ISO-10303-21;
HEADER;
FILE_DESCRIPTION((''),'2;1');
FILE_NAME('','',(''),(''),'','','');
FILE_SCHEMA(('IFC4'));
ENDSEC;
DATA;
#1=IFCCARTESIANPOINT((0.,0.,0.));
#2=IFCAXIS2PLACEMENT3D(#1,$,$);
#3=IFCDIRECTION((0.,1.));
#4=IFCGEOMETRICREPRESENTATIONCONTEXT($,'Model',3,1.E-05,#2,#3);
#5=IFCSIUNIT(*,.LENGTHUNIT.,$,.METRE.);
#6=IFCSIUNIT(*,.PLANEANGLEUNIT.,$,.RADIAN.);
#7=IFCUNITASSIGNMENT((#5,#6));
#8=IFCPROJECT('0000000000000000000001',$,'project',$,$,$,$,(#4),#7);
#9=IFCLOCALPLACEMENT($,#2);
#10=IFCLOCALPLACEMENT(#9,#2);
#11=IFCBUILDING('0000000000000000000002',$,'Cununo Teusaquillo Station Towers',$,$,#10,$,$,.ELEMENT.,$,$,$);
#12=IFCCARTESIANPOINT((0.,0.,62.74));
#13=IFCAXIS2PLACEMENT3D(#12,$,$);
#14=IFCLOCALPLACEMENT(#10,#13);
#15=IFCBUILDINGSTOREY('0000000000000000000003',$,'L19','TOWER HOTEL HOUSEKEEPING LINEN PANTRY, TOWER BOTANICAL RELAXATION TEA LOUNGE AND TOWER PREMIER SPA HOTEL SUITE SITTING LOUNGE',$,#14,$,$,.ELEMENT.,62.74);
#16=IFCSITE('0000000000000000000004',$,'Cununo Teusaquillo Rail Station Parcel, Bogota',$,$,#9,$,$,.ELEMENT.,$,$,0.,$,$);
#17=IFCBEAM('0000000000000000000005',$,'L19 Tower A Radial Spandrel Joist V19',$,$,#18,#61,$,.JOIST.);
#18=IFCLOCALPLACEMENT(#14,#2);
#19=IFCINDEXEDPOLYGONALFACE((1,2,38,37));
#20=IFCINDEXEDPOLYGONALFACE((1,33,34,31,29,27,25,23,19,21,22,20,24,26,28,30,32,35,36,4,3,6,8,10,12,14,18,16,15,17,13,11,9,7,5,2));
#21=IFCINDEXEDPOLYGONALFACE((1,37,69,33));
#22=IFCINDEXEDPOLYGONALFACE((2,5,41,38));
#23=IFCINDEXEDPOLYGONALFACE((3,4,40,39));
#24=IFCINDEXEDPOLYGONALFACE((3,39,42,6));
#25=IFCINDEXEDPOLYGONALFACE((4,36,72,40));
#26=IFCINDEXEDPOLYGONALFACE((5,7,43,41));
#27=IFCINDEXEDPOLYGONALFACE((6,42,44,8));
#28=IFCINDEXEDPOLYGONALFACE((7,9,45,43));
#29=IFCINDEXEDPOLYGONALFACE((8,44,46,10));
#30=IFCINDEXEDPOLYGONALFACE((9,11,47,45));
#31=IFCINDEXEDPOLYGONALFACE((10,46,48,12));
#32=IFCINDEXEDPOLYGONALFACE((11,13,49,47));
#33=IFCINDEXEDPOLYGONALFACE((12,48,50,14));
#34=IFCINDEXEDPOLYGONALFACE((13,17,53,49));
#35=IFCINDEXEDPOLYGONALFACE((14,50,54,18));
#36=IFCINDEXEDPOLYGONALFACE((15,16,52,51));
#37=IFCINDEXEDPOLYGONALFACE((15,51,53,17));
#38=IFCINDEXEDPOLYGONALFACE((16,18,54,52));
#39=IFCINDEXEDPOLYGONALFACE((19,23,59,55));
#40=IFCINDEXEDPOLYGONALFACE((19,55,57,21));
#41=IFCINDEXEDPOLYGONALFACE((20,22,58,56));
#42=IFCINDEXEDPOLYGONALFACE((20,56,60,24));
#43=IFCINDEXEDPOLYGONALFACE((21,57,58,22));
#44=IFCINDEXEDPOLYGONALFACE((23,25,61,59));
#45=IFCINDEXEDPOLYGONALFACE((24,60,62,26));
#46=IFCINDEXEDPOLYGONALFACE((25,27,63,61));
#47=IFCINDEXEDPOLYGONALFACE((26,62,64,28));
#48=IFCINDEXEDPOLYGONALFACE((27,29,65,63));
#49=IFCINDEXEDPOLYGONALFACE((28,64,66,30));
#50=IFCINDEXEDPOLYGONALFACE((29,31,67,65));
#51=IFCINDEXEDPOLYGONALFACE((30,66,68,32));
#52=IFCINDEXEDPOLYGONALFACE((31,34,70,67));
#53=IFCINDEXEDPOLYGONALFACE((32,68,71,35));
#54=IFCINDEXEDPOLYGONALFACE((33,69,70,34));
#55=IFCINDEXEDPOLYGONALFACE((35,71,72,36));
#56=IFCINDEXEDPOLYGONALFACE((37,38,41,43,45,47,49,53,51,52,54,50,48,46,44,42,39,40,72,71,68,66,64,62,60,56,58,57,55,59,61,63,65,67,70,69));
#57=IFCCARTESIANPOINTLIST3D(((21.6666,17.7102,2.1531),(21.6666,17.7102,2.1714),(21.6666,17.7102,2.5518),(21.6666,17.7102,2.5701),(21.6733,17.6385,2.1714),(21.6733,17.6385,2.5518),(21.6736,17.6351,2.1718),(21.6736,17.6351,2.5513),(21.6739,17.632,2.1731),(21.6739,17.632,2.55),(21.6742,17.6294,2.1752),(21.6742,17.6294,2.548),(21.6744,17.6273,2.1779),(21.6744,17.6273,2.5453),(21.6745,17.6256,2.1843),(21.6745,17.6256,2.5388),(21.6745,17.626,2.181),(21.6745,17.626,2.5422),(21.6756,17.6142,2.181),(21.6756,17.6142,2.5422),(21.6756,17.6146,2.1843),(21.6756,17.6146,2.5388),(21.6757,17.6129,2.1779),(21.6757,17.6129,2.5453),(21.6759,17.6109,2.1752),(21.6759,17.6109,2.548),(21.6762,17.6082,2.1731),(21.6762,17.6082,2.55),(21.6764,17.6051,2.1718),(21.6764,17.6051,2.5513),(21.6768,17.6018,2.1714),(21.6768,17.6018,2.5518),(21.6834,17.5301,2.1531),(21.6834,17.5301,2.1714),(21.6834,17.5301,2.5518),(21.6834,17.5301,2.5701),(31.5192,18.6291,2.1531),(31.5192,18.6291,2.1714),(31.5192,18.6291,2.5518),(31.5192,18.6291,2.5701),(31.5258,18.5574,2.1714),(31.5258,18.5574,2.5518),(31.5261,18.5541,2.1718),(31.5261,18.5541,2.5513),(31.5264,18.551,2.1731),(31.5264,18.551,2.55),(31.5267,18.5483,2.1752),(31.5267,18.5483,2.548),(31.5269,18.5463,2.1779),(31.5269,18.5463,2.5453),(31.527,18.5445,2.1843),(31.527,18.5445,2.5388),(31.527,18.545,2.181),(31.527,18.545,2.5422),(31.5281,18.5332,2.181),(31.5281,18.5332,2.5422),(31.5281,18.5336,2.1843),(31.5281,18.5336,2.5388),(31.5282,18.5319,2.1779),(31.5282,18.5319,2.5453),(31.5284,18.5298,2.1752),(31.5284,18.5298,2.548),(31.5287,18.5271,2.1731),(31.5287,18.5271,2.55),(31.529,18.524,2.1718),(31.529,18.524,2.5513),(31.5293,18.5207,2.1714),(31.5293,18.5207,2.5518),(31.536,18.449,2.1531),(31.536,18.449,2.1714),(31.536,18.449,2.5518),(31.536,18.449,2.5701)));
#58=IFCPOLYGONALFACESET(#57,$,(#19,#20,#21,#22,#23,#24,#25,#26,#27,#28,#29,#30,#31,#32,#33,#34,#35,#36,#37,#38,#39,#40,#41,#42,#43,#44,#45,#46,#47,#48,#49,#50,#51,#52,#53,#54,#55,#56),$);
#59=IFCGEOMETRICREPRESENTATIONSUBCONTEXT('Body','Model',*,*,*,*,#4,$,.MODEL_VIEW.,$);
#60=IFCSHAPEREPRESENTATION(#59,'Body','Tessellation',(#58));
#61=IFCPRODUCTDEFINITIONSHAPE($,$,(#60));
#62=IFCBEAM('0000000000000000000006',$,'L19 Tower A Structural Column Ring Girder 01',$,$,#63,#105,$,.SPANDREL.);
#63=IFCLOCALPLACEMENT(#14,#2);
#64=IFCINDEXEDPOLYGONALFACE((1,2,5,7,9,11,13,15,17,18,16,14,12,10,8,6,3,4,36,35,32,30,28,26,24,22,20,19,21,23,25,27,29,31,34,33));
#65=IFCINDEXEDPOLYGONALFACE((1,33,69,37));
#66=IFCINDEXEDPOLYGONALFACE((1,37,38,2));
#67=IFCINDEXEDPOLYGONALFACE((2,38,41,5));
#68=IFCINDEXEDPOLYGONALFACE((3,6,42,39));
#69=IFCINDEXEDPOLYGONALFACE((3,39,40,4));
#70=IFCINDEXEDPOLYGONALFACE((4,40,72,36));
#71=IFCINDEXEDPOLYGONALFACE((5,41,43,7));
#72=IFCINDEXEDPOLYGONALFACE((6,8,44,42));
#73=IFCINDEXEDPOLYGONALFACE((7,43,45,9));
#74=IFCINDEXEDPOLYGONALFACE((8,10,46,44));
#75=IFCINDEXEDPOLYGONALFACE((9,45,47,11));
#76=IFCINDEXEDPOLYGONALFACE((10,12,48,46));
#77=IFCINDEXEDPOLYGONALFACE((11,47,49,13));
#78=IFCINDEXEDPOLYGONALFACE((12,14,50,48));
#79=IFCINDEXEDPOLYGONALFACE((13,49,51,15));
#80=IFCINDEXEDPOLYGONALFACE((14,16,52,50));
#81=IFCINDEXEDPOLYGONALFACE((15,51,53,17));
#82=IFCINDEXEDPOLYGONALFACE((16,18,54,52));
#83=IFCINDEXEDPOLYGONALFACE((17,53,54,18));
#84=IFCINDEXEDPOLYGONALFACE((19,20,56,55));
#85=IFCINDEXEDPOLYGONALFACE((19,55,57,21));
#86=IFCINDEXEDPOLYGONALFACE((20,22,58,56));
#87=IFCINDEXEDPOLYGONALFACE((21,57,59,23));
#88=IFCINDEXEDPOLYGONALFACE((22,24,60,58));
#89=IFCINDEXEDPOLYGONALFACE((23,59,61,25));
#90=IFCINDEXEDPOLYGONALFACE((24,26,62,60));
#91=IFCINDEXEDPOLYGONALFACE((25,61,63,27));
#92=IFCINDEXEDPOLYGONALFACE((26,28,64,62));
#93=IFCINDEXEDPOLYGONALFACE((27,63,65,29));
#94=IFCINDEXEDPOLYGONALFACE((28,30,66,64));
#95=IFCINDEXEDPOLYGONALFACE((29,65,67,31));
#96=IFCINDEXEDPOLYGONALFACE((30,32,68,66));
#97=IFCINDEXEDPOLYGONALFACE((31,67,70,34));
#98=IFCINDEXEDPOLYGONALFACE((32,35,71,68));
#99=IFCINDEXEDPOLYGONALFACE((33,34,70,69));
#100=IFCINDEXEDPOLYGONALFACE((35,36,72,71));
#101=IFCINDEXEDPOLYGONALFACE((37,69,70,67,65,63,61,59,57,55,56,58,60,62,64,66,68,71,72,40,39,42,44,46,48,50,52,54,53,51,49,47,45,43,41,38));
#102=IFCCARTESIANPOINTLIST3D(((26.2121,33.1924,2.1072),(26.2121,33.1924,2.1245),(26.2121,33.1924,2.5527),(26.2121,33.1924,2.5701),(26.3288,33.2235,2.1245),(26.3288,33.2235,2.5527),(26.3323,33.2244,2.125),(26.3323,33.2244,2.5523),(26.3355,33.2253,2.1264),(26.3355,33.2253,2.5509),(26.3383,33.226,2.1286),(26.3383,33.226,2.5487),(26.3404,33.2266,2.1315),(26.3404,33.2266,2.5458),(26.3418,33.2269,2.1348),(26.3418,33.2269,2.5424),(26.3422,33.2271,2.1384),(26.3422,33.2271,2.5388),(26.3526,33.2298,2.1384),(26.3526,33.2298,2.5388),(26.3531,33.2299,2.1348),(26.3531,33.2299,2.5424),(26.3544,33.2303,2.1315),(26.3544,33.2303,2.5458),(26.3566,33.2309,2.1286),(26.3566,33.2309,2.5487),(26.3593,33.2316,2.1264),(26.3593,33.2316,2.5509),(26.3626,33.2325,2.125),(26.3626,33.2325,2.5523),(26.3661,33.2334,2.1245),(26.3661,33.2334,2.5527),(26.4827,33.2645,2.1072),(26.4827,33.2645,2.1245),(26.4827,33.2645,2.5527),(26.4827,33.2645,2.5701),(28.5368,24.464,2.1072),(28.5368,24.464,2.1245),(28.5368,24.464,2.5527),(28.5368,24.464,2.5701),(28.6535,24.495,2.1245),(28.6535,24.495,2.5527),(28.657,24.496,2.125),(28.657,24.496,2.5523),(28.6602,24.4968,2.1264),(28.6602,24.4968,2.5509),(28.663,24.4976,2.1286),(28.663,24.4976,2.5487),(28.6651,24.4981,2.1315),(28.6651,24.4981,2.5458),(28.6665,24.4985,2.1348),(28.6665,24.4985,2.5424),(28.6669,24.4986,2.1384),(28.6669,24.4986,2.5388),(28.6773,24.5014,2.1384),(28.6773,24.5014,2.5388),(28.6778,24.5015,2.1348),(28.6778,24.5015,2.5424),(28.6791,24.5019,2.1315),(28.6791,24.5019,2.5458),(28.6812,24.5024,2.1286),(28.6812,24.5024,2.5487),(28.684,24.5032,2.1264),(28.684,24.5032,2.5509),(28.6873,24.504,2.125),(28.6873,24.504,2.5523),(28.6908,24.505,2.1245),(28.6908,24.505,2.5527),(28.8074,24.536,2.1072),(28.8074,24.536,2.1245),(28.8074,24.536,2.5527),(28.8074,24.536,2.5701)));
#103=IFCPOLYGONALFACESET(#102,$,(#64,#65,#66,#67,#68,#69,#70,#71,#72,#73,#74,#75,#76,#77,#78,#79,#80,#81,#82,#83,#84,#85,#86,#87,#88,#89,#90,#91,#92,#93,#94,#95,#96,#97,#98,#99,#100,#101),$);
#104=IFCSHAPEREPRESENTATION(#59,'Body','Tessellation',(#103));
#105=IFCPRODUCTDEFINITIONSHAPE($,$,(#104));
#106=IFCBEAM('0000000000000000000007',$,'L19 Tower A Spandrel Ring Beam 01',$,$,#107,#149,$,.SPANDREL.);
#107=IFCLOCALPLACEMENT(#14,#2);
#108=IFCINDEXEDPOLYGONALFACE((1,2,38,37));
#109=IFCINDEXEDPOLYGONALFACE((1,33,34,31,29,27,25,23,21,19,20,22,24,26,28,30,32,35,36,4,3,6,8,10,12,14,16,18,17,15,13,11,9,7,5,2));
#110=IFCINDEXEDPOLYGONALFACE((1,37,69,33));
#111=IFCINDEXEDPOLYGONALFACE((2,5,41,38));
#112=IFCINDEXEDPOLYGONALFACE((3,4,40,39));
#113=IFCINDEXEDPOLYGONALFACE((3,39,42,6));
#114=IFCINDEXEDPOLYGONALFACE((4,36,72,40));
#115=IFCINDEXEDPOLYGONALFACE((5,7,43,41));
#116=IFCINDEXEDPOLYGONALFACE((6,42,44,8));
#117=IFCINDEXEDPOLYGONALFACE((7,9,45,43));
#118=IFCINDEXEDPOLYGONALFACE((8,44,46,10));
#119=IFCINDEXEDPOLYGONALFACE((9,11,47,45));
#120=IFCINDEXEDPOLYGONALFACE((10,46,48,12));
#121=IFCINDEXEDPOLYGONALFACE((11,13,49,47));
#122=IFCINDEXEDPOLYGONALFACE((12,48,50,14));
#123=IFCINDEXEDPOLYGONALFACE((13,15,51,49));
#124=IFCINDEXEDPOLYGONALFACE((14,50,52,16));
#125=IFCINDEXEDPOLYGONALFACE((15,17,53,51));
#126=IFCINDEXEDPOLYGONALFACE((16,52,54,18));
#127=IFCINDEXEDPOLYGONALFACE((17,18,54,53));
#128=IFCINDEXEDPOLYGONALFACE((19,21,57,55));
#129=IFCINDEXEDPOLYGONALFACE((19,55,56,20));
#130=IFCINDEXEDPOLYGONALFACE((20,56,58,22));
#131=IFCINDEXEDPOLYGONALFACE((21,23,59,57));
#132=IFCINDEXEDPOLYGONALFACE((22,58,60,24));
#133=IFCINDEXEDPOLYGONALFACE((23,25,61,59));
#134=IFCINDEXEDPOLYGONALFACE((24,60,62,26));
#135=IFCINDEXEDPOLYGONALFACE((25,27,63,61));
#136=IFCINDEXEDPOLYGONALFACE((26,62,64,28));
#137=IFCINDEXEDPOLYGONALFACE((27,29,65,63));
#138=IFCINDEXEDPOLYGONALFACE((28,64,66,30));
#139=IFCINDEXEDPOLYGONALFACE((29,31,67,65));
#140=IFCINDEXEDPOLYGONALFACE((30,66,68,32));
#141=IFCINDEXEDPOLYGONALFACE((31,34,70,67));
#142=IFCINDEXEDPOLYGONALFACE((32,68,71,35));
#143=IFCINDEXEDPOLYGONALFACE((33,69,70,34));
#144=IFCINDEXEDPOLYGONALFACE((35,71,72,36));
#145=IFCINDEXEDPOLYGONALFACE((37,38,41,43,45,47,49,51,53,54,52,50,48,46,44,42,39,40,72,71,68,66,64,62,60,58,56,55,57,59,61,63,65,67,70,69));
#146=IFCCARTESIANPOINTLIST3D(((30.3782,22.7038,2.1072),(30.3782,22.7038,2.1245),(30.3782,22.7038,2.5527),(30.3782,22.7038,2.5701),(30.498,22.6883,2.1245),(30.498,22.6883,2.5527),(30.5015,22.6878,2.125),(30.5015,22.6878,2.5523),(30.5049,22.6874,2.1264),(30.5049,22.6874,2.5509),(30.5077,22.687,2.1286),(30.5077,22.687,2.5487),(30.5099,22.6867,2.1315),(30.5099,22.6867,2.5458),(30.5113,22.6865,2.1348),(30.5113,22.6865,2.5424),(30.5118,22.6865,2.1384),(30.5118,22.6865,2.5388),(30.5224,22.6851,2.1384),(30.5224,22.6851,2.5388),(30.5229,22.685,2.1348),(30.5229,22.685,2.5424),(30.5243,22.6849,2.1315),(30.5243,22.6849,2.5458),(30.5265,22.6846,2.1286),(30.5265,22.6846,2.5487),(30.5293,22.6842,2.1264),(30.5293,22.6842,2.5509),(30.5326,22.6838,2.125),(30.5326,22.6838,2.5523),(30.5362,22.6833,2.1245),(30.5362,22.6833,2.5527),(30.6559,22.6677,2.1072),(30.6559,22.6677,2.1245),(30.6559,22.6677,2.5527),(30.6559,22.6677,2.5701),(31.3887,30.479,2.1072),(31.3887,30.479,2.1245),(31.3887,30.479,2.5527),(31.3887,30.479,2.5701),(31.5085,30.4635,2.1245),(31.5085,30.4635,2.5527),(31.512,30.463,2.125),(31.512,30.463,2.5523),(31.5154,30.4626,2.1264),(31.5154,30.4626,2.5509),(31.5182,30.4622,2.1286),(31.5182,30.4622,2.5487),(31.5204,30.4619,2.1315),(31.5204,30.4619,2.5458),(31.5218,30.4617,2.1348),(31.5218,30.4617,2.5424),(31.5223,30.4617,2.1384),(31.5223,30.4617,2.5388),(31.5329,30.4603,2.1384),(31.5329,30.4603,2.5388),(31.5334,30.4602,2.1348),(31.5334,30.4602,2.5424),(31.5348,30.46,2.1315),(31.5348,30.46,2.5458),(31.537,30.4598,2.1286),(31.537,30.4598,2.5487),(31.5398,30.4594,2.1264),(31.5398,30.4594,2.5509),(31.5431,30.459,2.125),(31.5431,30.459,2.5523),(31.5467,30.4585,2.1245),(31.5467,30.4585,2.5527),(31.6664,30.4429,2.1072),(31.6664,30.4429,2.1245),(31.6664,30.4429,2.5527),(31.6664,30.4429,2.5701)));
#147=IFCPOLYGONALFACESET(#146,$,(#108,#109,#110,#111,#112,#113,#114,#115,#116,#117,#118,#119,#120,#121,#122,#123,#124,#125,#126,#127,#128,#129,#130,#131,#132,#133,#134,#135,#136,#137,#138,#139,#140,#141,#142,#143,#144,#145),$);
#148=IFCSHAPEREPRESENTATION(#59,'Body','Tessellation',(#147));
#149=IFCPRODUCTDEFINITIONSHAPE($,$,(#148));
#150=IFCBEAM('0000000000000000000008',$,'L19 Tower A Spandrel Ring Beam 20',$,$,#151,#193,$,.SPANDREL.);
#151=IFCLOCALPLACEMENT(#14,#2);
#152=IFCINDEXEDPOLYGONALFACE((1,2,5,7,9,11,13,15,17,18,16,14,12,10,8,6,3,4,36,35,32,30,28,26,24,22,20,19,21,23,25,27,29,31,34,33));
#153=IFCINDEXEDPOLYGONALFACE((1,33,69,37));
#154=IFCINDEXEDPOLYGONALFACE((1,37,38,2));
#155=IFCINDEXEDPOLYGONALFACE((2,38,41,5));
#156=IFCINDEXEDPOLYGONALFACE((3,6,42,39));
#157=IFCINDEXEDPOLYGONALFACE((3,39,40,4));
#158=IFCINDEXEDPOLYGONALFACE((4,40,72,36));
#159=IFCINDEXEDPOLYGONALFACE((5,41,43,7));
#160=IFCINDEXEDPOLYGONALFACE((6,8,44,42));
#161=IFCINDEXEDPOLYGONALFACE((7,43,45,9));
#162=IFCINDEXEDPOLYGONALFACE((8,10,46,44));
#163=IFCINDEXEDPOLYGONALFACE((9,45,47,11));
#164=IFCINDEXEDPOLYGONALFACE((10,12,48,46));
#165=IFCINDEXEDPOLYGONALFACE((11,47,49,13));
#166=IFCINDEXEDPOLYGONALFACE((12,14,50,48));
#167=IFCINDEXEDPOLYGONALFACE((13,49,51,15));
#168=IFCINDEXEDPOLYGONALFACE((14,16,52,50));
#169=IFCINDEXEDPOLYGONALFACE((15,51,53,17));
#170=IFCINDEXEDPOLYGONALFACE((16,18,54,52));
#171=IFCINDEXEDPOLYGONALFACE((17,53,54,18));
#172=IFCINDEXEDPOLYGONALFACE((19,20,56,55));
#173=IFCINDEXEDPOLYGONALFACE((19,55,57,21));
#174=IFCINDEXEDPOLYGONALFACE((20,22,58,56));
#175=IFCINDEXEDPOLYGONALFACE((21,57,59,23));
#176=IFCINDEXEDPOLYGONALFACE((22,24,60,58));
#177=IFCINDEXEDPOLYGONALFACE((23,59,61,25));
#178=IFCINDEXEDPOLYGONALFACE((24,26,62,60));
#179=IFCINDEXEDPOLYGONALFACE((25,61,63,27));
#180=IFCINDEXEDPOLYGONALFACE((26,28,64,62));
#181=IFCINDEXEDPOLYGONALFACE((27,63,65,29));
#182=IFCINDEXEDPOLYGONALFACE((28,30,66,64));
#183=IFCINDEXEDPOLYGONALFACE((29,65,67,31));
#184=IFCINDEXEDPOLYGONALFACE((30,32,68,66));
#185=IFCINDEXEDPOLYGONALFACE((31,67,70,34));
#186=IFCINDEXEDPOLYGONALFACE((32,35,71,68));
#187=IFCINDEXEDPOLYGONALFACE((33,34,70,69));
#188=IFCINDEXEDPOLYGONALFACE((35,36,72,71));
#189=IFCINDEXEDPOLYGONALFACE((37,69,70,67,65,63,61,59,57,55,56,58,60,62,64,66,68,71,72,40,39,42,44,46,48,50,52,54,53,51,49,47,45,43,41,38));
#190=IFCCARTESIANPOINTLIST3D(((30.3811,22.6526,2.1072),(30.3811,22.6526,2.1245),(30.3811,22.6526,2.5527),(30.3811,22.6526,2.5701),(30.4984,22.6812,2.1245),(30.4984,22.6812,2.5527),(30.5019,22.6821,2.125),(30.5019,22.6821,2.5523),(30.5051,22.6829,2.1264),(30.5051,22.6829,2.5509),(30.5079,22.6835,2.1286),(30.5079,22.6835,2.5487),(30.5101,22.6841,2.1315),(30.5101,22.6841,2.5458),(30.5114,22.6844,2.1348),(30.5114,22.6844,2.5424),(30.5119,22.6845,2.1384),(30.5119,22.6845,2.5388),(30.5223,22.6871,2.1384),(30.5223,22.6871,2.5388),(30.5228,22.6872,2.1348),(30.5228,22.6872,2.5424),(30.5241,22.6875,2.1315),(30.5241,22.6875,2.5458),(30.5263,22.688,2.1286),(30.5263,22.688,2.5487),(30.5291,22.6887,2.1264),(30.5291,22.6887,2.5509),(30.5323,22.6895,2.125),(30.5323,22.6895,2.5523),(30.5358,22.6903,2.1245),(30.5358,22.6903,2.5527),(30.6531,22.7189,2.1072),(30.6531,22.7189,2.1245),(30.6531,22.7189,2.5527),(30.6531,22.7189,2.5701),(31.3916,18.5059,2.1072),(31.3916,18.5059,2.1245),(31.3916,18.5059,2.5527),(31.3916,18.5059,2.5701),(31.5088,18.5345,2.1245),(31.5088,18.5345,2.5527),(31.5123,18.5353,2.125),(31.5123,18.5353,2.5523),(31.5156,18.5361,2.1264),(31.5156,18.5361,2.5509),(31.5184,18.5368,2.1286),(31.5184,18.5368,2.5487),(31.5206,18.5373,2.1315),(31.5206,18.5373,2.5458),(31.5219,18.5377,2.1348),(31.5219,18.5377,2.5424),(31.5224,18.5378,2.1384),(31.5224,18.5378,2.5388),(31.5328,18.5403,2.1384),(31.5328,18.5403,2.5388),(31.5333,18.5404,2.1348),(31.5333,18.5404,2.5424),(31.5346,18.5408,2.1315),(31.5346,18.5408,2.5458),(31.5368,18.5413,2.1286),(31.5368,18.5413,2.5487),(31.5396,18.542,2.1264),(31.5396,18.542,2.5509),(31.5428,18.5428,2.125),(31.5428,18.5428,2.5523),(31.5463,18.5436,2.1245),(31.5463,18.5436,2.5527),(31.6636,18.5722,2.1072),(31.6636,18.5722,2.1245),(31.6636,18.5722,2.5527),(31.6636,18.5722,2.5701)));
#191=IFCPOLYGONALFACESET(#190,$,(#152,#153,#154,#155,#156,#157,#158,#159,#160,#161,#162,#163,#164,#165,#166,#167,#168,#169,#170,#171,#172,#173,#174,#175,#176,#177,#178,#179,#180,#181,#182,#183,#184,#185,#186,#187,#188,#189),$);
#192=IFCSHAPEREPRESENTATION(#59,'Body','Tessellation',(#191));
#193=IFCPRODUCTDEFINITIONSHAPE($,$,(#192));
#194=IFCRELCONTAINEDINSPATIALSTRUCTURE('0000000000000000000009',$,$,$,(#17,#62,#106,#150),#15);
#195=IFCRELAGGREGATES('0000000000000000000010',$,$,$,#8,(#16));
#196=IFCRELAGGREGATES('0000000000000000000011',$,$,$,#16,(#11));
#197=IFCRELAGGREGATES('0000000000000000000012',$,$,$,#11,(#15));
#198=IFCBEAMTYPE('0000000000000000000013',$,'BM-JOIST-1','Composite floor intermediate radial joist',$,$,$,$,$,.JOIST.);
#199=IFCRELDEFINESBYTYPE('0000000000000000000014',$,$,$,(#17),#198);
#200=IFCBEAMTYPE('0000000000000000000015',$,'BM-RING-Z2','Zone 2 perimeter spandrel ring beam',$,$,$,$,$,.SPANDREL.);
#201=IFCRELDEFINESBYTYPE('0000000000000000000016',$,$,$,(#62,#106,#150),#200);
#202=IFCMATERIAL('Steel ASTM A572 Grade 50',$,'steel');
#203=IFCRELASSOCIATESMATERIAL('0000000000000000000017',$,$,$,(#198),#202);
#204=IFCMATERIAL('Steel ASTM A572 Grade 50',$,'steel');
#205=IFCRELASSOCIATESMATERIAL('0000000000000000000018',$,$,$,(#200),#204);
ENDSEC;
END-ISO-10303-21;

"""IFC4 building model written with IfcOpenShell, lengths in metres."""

from ifc_helpers import new_model, si_unit, direction, frame, origin, origin_2d, place, context, subcontext, project, spatial, i_section, extrude, material, material_profile, profile_set, type_object, element, save


model = new_model("IFC4")

# Units and contexts
model_context = context("Model", 3, precision=1e-05, world=origin(), true_north=direction((0.0, 1.0)))
body_context = subcontext(model_context, "Body", "Model", "MODEL_VIEW")
ifc_project = project(units=[si_unit("LENGTHUNIT", "METRE"), si_unit("PLANEANGLEUNIT", "RADIAN")], contexts=[model_context])

# Site, building, storey
site_placement = place(None, origin())
site = spatial("IfcSite", under=ifc_project, at=site_placement, Name="Cununo Teusaquillo Rail Station Parcel, Bogota", CompositionType="ELEMENT", RefElevation=0.0)
building_placement = place(site_placement, origin())
building = spatial("IfcBuilding", under=site, at=building_placement, Name="Cununo Teusaquillo Station Towers", CompositionType="ELEMENT")
storey_placement = place(building_placement, frame((0.0, 0.0, 62.74)))
storey = spatial("IfcBuildingStorey", under=building, at=storey_placement, Name="L19", Description="TOWER HOTEL HOUSEKEEPING LINEN PANTRY, TOWER BOTANICAL RELAXATION TEA LOUNGE AND TOWER PREMIER SPA HOTEL SUITE SITTING LOUNGE", CompositionType="ELEMENT", Elevation=62.74)

# Beams
ifc_material_1 = material(Name="Steel ASTM A572 Grade 50", Category="steel")
ifc_material_profile_1 = material_profile(ifc_material_1, i_section(OverallWidth=0.1809, OverallDepth=0.417, WebThickness=0.011, FlangeThickness=0.0183, FilletRadius=0.0129, at=origin_2d()), Name="W16X57")
ifc_profile_set_1 = profile_set([ifc_material_profile_1], Name="Steel ASTM A572 Grade 50")
beam_type_1 = type_object("IfcBeamType", Name="BM-JOIST-1", Description="Composite floor intermediate radial joist", PredefinedType="JOIST", material=ifc_profile_set_1)
beam_1_placement = place(storey_placement, frame((21.675, 17.6201, 2.3616), z_axis=(0.995679, 0.092867, 0.0), x_axis=(-0.092867, 0.995679, 0.0)))
element("IfcBeam", 1, at=beam_1_placement, inside=storey, type_object=beam_type_1, Name="L19 Tower A Radial Spandrel Joist V19", PredefinedType="JOIST", context=body_context, shape_type="SweptSolid", body=[
    extrude(i_section(OverallWidth=0.1809, OverallDepth=0.417, WebThickness=0.011, FlangeThickness=0.0183, FilletRadius=0.0129, at=origin_2d()), origin(), (0.0, 0.0, 1.0), 9.8953),
])
ifc_material_2 = material(Name="Steel ASTM A572 Grade 50", Category="steel")
ifc_material_profile_2 = material_profile(ifc_material_2, i_section(OverallWidth=0.28, OverallDepth=0.4629, WebThickness=0.0107, FlangeThickness=0.0173, FilletRadius=0.0139, at=origin_2d()), Name="W18X76")
ifc_profile_set_2 = profile_set([ifc_material_profile_2], Name="Steel ASTM A572 Grade 50")
beam_type_2 = type_object("IfcBeamType", Name="BM-RING-Z2", Description="Zone 2 perimeter spandrel ring beam", PredefinedType="SPANDREL", material=ifc_profile_set_2)
beam_2_placement = place(storey_placement, frame((28.6721, 24.5, 2.3386), z_axis=(-0.257363, 0.966315, 0.0), x_axis=(-0.966315, -0.257363, 0.0)))
element("IfcBeam", 2, at=beam_2_placement, inside=storey, type_object=beam_type_2, Name="L19 Tower A Structural Column Ring Girder 01", PredefinedType="SPANDREL", context=body_context, shape_type="SweptSolid", body=[
    extrude(i_section(OverallWidth=0.28, OverallDepth=0.4629, WebThickness=0.0107, FlangeThickness=0.0173, FilletRadius=0.0139, at=origin_2d()), origin(), (0.0, 0.0, 1.0), 9.0327),
])
beam_3_placement = place(storey_placement, frame((30.5171, 22.6858, 2.3386), z_axis=(0.128881, 0.99166, 0.0), x_axis=(-0.99166, 0.128881, 0.0)))
element("IfcBeam", 3, at=beam_3_placement, inside=storey, type_object=beam_type_2, Name="L19 Tower A Spandrel Ring Beam 01", PredefinedType="SPANDREL", context=body_context, shape_type="SweptSolid", body=[
    extrude(i_section(OverallWidth=0.28, OverallDepth=0.4629, WebThickness=0.0107, FlangeThickness=0.0173, FilletRadius=0.0139, at=origin_2d()), origin(), (0.0, 0.0, 1.0), 7.8406),
])
beam_4_placement = place(storey_placement, frame((31.5276, 18.5391, 2.3386), z_axis=(-0.236757, 0.971569, 0.0), x_axis=(-0.971569, -0.236757, 0.0)))
element("IfcBeam", 4, at=beam_4_placement, inside=storey, type_object=beam_type_2, Name="L19 Tower A Spandrel Ring Beam 20", PredefinedType="SPANDREL", context=body_context, shape_type="SweptSolid", body=[
    extrude(i_section(OverallWidth=0.28, OverallDepth=0.4629, WebThickness=0.0107, FlangeThickness=0.0173, FilletRadius=0.0139, at=origin_2d()), origin(), (0.0, 0.0, 1.0), 4.2681),
])

save(model, "model.ifc")
